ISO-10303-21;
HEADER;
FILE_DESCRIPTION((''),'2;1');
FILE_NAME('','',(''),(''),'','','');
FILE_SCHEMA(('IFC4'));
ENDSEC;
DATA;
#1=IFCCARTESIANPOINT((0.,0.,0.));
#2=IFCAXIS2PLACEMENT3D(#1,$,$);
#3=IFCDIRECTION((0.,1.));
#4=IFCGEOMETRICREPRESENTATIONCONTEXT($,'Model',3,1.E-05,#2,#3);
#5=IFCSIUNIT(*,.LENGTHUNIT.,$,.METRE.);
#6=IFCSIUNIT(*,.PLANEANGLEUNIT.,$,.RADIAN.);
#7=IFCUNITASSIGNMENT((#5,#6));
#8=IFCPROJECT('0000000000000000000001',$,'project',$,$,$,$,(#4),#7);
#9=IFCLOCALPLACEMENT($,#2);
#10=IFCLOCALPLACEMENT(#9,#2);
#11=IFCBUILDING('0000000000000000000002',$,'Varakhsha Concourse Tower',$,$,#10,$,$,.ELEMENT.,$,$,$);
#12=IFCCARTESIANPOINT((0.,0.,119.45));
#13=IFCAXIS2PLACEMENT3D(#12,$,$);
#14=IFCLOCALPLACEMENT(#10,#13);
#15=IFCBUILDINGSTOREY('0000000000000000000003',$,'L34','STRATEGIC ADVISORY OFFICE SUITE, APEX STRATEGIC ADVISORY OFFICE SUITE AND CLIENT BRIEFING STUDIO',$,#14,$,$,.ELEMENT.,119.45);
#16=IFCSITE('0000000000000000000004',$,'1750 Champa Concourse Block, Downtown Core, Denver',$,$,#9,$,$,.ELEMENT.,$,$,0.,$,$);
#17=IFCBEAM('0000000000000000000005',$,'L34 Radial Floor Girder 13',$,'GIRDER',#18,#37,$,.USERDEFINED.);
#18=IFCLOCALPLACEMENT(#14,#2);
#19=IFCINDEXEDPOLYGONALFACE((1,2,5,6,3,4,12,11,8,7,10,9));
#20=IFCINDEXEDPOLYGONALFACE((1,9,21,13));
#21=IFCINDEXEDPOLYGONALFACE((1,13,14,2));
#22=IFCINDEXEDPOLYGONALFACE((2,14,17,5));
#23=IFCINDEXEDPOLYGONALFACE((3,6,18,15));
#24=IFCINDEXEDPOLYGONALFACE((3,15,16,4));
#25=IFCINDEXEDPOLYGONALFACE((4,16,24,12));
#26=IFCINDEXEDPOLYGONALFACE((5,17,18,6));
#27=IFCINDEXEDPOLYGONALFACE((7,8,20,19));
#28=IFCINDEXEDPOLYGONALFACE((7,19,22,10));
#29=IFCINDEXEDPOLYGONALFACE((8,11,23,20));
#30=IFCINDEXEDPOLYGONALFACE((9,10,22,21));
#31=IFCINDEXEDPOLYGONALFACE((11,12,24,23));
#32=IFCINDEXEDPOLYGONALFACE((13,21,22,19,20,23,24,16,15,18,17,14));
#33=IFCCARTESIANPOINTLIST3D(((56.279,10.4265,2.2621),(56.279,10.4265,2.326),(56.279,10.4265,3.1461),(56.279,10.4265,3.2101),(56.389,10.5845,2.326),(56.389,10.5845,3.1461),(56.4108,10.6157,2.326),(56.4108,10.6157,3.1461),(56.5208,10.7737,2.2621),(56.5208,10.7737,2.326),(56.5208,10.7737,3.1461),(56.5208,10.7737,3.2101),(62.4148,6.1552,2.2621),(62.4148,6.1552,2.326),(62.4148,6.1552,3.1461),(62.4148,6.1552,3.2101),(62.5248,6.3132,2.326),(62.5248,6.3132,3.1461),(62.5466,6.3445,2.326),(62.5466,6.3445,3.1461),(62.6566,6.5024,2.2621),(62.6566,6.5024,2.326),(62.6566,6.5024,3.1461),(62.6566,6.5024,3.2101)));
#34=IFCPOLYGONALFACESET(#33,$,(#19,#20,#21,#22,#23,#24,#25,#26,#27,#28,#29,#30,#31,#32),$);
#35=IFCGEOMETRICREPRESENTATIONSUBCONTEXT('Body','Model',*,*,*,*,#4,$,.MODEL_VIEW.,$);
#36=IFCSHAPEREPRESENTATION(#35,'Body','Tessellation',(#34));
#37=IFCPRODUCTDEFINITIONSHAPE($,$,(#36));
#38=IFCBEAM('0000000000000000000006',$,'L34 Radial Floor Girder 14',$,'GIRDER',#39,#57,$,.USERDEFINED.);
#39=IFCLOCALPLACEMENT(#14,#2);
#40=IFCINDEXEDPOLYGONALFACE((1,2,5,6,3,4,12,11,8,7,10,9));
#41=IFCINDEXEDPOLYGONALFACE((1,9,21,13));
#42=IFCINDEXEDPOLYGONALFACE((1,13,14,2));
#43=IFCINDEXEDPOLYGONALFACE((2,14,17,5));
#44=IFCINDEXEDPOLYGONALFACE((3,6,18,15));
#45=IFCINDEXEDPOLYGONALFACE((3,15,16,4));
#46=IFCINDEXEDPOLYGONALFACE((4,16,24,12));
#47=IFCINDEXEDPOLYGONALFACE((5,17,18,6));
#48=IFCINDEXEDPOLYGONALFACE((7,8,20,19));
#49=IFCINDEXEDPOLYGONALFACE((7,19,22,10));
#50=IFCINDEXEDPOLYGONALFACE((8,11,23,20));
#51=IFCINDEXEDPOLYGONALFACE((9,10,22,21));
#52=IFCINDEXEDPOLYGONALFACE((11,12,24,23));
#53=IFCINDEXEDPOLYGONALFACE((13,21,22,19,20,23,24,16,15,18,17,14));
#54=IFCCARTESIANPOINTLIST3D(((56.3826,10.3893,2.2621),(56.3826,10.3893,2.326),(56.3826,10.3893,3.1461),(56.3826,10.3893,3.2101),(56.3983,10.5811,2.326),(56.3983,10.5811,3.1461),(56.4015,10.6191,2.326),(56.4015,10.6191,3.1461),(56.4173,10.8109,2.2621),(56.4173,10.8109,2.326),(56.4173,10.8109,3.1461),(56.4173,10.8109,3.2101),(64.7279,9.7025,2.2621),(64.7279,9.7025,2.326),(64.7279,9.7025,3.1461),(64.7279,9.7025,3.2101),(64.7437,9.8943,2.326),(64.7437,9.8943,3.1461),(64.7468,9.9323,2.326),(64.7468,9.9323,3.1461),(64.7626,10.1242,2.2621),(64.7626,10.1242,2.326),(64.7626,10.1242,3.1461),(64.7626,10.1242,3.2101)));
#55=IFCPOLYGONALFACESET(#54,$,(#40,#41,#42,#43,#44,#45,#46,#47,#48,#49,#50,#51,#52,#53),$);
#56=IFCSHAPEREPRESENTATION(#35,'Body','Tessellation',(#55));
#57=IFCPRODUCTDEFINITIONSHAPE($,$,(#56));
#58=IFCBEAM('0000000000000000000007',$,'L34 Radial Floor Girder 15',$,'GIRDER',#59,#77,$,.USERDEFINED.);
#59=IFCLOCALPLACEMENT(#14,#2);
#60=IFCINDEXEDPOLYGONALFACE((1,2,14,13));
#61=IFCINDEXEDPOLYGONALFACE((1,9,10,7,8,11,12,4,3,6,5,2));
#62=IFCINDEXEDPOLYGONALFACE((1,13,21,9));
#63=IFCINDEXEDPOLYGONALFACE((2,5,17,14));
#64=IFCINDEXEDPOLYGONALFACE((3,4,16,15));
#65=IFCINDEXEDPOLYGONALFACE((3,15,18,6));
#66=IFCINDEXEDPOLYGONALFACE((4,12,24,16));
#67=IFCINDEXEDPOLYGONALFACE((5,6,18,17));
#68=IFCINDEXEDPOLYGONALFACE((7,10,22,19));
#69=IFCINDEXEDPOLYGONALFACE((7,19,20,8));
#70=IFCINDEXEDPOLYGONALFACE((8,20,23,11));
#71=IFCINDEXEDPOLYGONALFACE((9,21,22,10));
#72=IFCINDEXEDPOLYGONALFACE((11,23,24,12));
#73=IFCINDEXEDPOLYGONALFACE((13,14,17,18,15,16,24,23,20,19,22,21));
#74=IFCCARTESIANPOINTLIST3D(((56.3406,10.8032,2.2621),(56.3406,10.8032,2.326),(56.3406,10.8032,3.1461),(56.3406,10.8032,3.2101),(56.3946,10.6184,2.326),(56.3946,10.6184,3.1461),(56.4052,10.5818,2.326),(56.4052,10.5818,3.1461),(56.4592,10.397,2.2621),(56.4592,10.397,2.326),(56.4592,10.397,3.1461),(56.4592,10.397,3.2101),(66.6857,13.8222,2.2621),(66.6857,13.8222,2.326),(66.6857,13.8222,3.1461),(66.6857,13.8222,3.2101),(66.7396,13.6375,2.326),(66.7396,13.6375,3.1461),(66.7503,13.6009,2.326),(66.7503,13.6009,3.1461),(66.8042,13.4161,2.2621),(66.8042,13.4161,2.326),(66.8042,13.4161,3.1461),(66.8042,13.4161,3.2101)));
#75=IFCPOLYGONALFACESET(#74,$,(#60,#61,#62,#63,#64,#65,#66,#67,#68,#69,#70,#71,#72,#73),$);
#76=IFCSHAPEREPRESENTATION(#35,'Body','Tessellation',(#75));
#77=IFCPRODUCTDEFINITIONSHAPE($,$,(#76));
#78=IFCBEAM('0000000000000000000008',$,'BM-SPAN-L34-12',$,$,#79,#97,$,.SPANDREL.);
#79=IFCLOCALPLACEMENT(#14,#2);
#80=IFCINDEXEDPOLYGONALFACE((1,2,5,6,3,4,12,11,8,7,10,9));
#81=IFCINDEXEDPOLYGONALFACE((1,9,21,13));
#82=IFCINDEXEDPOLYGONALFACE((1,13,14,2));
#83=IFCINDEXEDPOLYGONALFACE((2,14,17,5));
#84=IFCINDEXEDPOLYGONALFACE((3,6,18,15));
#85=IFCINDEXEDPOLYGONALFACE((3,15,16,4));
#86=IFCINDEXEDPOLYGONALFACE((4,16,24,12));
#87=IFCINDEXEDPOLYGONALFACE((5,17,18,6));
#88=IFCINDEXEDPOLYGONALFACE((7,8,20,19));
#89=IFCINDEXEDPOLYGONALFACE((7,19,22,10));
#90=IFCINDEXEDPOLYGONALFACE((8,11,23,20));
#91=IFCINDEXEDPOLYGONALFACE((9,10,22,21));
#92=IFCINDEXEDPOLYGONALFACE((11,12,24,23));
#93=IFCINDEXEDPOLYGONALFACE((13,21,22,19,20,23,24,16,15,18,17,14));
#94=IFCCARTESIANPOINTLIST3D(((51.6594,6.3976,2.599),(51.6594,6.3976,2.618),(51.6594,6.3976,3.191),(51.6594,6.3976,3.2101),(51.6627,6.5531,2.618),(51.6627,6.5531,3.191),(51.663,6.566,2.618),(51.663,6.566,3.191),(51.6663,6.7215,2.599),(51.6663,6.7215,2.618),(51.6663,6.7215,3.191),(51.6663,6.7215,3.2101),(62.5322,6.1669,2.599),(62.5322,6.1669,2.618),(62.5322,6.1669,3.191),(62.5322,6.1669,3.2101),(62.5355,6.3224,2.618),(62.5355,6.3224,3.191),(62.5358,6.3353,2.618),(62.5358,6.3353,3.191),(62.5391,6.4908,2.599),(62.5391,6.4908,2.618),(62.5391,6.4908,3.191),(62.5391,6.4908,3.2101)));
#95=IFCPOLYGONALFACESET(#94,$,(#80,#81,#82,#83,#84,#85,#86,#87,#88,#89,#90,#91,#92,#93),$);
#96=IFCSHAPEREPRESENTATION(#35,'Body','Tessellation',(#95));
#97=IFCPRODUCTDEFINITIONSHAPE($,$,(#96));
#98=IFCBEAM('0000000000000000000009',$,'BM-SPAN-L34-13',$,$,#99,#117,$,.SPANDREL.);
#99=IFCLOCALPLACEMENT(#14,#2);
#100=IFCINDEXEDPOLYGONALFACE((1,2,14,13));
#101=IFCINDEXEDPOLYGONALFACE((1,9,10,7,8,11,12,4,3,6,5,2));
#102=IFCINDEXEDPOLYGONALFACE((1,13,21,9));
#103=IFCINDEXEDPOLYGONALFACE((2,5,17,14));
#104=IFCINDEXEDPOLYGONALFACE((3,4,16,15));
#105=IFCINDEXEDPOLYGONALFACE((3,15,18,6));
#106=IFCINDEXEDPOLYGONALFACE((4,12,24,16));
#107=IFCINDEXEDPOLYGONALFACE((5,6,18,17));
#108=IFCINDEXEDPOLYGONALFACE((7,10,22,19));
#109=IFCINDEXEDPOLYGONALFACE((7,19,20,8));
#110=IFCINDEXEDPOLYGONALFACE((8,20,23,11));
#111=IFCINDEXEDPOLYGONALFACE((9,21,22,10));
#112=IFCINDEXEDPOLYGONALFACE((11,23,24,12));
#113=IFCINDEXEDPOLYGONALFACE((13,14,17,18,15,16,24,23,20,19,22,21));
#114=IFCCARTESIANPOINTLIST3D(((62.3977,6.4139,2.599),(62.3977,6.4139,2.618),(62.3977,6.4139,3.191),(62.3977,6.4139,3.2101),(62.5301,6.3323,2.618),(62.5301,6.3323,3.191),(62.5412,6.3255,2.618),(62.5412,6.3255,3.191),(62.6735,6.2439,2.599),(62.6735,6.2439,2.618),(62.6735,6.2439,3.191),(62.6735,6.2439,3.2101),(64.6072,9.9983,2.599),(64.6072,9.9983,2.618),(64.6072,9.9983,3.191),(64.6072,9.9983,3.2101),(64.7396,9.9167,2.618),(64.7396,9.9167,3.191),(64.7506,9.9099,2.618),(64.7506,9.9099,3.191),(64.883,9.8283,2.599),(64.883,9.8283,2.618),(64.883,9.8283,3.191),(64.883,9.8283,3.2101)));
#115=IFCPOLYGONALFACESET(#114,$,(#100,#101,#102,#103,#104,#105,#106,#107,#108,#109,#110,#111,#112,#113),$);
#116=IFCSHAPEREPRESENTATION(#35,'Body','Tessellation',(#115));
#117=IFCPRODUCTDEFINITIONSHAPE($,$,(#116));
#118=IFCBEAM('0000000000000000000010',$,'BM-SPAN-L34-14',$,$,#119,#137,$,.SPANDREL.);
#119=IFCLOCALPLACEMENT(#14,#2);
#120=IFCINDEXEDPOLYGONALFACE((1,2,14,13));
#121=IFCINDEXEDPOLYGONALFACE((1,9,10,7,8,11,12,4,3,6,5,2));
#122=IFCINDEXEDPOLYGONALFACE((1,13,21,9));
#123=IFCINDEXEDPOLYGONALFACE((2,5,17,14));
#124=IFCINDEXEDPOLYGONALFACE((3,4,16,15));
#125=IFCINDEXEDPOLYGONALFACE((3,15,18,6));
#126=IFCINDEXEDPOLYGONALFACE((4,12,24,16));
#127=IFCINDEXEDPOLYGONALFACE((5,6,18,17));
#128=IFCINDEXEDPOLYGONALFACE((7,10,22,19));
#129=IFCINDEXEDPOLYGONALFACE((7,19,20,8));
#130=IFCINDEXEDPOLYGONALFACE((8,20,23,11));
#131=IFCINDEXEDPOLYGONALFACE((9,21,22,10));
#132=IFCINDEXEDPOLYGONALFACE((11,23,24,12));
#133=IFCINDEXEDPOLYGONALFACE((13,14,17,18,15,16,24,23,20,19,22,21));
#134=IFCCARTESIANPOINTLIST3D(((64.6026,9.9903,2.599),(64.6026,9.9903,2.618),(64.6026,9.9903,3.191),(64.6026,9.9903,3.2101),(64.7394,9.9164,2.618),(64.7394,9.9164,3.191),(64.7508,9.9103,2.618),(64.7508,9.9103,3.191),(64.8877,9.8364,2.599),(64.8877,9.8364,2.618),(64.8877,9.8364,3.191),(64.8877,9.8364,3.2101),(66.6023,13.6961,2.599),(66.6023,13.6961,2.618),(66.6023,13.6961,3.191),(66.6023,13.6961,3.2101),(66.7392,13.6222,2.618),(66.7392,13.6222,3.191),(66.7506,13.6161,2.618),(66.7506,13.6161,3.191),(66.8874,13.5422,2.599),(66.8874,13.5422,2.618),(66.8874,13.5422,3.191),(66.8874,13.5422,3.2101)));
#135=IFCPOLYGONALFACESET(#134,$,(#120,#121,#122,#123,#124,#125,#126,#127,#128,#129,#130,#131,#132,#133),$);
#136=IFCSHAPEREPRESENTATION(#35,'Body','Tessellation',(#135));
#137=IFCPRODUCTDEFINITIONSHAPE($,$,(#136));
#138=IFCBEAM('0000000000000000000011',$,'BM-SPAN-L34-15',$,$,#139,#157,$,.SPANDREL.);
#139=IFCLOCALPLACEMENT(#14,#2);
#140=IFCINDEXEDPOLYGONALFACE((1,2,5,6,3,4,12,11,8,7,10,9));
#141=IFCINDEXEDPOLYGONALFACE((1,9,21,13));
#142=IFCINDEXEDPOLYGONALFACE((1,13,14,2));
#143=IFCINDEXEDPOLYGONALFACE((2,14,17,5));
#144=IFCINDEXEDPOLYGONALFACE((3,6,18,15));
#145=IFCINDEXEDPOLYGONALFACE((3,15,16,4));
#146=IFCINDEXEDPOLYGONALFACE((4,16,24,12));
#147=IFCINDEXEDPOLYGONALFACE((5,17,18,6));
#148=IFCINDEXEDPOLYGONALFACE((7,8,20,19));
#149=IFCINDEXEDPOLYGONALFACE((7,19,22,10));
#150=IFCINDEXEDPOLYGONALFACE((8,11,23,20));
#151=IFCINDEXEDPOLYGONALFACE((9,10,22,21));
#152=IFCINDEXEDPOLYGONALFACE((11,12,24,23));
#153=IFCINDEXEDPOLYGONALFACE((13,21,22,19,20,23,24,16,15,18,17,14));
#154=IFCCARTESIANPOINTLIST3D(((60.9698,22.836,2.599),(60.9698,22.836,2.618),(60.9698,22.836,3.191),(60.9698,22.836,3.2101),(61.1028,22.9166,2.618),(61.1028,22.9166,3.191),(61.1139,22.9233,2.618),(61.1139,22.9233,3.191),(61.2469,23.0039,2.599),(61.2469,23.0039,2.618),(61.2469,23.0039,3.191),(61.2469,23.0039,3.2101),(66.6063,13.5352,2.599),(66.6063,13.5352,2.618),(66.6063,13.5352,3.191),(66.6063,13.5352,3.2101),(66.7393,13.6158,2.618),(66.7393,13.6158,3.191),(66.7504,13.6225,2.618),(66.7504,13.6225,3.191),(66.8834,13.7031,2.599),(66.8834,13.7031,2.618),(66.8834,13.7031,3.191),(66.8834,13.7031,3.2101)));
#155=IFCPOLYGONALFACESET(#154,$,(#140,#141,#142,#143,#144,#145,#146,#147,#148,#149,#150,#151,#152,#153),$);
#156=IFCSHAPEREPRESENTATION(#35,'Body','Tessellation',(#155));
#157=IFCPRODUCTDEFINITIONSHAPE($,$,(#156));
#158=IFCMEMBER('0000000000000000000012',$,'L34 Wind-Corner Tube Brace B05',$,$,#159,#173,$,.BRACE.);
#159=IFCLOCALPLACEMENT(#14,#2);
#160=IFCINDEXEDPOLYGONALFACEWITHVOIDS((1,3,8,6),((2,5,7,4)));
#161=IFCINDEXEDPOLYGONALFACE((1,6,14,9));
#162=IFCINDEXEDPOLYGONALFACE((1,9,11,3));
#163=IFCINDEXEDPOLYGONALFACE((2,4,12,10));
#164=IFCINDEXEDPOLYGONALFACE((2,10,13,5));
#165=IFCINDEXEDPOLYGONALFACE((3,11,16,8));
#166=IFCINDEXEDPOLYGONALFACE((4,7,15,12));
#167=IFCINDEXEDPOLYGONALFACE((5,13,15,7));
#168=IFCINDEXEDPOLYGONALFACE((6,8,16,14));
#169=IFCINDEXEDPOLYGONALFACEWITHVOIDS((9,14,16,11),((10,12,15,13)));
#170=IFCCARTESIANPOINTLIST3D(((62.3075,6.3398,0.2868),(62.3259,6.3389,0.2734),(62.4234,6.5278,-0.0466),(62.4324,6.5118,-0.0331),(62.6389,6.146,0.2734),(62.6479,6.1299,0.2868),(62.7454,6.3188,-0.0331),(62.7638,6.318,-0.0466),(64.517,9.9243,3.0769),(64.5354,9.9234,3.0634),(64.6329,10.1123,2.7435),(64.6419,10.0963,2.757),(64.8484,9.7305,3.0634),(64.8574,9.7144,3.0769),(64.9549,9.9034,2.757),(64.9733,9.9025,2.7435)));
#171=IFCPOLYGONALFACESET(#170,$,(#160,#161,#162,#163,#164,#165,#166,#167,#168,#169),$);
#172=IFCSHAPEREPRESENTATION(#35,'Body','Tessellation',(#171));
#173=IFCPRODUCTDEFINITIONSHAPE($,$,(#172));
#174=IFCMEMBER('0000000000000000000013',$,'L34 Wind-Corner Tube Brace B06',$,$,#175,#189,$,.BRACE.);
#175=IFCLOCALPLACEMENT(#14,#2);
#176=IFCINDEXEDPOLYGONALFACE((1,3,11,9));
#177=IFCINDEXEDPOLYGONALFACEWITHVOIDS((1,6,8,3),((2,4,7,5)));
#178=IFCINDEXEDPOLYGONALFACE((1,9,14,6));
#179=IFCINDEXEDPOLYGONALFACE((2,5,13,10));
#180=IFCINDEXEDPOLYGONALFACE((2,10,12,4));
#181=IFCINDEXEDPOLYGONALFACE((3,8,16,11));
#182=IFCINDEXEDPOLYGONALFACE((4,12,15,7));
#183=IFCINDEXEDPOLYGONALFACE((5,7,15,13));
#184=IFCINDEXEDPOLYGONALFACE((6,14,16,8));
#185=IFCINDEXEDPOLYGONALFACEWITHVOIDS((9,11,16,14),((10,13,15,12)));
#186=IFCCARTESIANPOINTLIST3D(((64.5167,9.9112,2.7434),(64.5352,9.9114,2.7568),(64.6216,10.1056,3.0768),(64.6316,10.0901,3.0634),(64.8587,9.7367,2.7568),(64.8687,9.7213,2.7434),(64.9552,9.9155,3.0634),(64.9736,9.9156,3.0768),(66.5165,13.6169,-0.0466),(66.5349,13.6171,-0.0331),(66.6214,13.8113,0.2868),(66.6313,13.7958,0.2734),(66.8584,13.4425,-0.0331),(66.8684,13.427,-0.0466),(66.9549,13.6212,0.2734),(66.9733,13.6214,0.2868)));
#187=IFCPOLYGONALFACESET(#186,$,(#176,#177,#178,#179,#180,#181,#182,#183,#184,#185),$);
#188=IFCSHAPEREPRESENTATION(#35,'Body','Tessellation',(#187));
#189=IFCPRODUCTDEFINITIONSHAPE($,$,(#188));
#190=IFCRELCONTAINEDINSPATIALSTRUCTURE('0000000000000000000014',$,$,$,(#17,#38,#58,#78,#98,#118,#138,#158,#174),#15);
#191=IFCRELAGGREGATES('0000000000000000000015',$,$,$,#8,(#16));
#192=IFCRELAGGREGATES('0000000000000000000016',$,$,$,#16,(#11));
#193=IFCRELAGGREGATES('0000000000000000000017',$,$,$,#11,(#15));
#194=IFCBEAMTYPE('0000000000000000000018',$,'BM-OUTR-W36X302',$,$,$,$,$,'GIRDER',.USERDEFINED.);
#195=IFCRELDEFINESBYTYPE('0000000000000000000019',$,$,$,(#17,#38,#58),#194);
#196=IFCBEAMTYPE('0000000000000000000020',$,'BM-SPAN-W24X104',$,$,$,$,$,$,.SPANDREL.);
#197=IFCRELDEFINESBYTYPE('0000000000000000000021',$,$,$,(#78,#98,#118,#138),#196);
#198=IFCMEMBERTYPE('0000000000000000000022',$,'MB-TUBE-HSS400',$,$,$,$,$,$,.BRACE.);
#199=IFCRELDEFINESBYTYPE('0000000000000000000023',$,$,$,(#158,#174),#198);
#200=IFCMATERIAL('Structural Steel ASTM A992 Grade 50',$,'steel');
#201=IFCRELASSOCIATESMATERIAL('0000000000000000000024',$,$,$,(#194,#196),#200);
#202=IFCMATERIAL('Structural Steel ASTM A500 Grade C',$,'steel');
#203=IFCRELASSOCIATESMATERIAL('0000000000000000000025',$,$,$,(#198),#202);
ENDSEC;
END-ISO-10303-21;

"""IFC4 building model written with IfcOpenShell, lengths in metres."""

from ifc_helpers import new_model, si_unit, direction, frame, origin, origin_2d, place, context, subcontext, project, spatial, hollow_rectangle, i_section, extrude, source, transform, mapped, material, material_profile, profile_set, type_object, type_shapes, element, save


model = new_model("IFC4")

# Units and contexts
model_context = context("Model", 3, precision=1e-05, world=origin(), true_north=direction((0.0, 1.0)))
body_context = subcontext(model_context, "Body", "Model", "MODEL_VIEW")
ifc_project = project(units=[si_unit("LENGTHUNIT", "METRE"), si_unit("PLANEANGLEUNIT", "RADIAN")], contexts=[model_context])

# Site, building, storey
site_placement = place(None, origin())
site = spatial("IfcSite", under=ifc_project, at=site_placement, Name="1750 Champa Concourse Block, Downtown Core, Denver", CompositionType="ELEMENT", RefElevation=0.0)
building_placement = place(site_placement, origin())
building = spatial("IfcBuilding", under=site, at=building_placement, Name="Varakhsha Concourse Tower", CompositionType="ELEMENT")
storey_placement = place(building_placement, frame((0.0, 0.0, 119.45)))
storey = spatial("IfcBuildingStorey", under=building, at=storey_placement, Name="L34", Description="STRATEGIC ADVISORY OFFICE SUITE, APEX STRATEGIC ADVISORY OFFICE SUITE AND CLIENT BRIEFING STUDIO", CompositionType="ELEMENT", Elevation=119.45)

# Shared definitions
ifc_material_1 = material(Name="Structural Steel ASTM A992 Grade 50", Category="steel")

# Beams
ifc_material_profile_1 = material_profile(ifc_material_1, i_section(OverallWidth=0.4231, OverallDepth=0.948, WebThickness=0.0381, FlangeThickness=0.064, at=origin_2d()), Name="W36X302")
ifc_profile_set_1 = profile_set([ifc_material_profile_1], Name="Structural Steel ASTM A992 Grade 50")
beam_type_1 = type_object("IfcBeamType", Name="BM-OUTR-W36X302", ElementType="GIRDER", PredefinedType="USERDEFINED", material=ifc_profile_set_1)
beam_1_placement = place(storey_placement, frame((56.3999, 10.6001, 2.7361), z_axis=(0.820723, -0.571326, 0.0), x_axis=(0.571326, 0.820723, 0.0)))
element("IfcBeam", 1, at=beam_1_placement, inside=storey, type_object=beam_type_1, Name="L34 Radial Floor Girder 13", ObjectType="GIRDER", PredefinedType="USERDEFINED", context=body_context, shape_type="SweptSolid", body=[
    extrude(i_section(OverallWidth=0.4231, OverallDepth=0.948, WebThickness=0.0381, FlangeThickness=0.064, at=origin_2d()), origin(), (0.0, 0.0, 1.0), 7.4761),
])
beam_2_placement = place(storey_placement, frame((56.3999, 10.6001, 2.7361), z_axis=(0.996631, -0.082018, 0.0), x_axis=(0.082018, 0.996631, 0.0)))
element("IfcBeam", 2, at=beam_2_placement, inside=storey, type_object=beam_type_1, Name="L34 Radial Floor Girder 14", ObjectType="GIRDER", PredefinedType="USERDEFINED", context=body_context, shape_type="SweptSolid", body=[
    extrude(i_section(OverallWidth=0.4231, OverallDepth=0.948, WebThickness=0.0381, FlangeThickness=0.064, at=origin_2d()), origin(), (0.0, 0.0, 1.0), 8.3735),
])
beam_3_placement = place(storey_placement, frame((56.3999, 10.6001, 2.7361), z_axis=(0.959956, 0.28015, 0.0), x_axis=(-0.28015, 0.959956, 0.0)))
element("IfcBeam", 3, at=beam_3_placement, inside=storey, type_object=beam_type_1, Name="L34 Radial Floor Girder 15", ObjectType="GIRDER", PredefinedType="USERDEFINED", context=body_context, shape_type="SweptSolid", body=[
    extrude(i_section(OverallWidth=0.4231, OverallDepth=0.948, WebThickness=0.0381, FlangeThickness=0.064, at=origin_2d()), origin(), (0.0, 0.0, 1.0), 10.7766),
])
ifc_material_profile_2 = material_profile(ifc_material_1, i_section(OverallWidth=0.324, OverallDepth=0.6111, WebThickness=0.0129, FlangeThickness=0.019, at=origin_2d()), Name="W24X104")
ifc_profile_set_2 = profile_set([ifc_material_profile_2], Name="Structural Steel ASTM A992 Grade 50")
beam_type_2 = type_object("IfcBeamType", Name="BM-SPAN-W24X104", PredefinedType="SPANDREL", material=ifc_profile_set_2)
beam_4_placement = place(storey_placement, frame((51.6628, 6.5596, 2.9045), z_axis=(0.999775, -0.021214, 0.0), x_axis=(0.021214, 0.999775, 0.0)))
element("IfcBeam", 4, at=beam_4_placement, inside=storey, type_object=beam_type_2, Name="BM-SPAN-L34-12", PredefinedType="SPANDREL", context=body_context, shape_type="SweptSolid", body=[
    extrude(i_section(OverallWidth=0.324, OverallDepth=0.6111, WebThickness=0.0129, FlangeThickness=0.019, at=origin_2d()), origin(), (0.0, 0.0, 1.0), 10.8752),
])
beam_5_placement = place(storey_placement, frame((62.5356, 6.3289, 2.9045), z_axis=(0.524725, 0.851272, 0.0), x_axis=(-0.851272, 0.524725, 0.0)))
element("IfcBeam", 5, at=beam_5_placement, inside=storey, type_object=beam_type_2, Name="BM-SPAN-L34-13", PredefinedType="SPANDREL", context=body_context, shape_type="SweptSolid", body=[
    extrude(i_section(OverallWidth=0.324, OverallDepth=0.6111, WebThickness=0.0129, FlangeThickness=0.019, at=origin_2d()), origin(), (0.0, 0.0, 1.0), 4.2107),
])
beam_6_placement = place(storey_placement, frame((64.7451, 9.9133, 2.9045), z_axis=(0.474895, 0.880043, 0.0), x_axis=(-0.880043, 0.474895, 0.0)))
element("IfcBeam", 6, at=beam_6_placement, inside=storey, type_object=beam_type_2, Name="BM-SPAN-L34-14", PredefinedType="SPANDREL", context=body_context, shape_type="SweptSolid", body=[
    extrude(i_section(OverallWidth=0.324, OverallDepth=0.6111, WebThickness=0.0129, FlangeThickness=0.019, at=origin_2d()), origin(), (0.0, 0.0, 1.0), 4.2109),
])
beam_7_placement = place(storey_placement, frame((66.7449, 13.6191, 2.9045), z_axis=(-0.518277, 0.855213, 0.0), x_axis=(-0.855213, -0.518277, 0.0)))
element("IfcBeam", 7, at=beam_7_placement, inside=storey, type_object=beam_type_2, Name="BM-SPAN-L34-15", PredefinedType="SPANDREL", context=body_context, shape_type="SweptSolid", body=[
    extrude(i_section(OverallWidth=0.324, OverallDepth=0.6111, WebThickness=0.0129, FlangeThickness=0.019, at=origin_2d()), origin(), (0.0, 0.0, 1.0), 10.8755),
])

# Members
ifc_material_2 = material(Name="Structural Steel ASTM A500 Grade C", Category="steel")
ifc_material_profile_3 = material_profile(ifc_material_2, hollow_rectangle(XDim=0.3999, YDim=0.3999, WallThickness=0.0161, at=origin_2d()), Name="HSS 400x400x16")
ifc_profile_set_3 = profile_set([ifc_material_profile_3], Name="Structural Steel ASTM A500 Grade C")
member_type_1 = type_object("IfcMemberType", Name="MB-TUBE-HSS400", PredefinedType="BRACE", material=ifc_profile_set_3)
shared_shape_1 = source(origin(), body_context, "Body", "SweptSolid", [
    extrude(hollow_rectangle(XDim=0.3999, YDim=0.3999, WallThickness=0.0161, at=origin_2d()), origin(), (0.0, 0.0, 1.0), 5.0513),
])
type_shapes(member_type_1, [shared_shape_1])
for number, where, z_axis, x_axis, name in (
    (8, (62.5356, 6.3289, 0.1201), (0.437416, 0.709629, 0.552353), (-0.851272, 0.524725, 0.0), "L34 Wind-Corner Tube Brace B05"),
    (9, (66.7449, 13.6191, 0.1201), (-0.395884, -0.733624, 0.552333), (0.880043, -0.474895, 0.0), "L34 Wind-Corner Tube Brace B06"),
):
    element("IfcMember", number, at=place(storey_placement, frame(where, z_axis=z_axis, x_axis=x_axis)), inside=storey, type_object=member_type_1, Name=name, PredefinedType="BRACE", context=body_context, shape_type="MappedRepresentation", body=[
        mapped(shared_shape_1, transform((0.0, 0.0, 0.0), scale=1.0)),
    ])

save(model, "model.ifc")
